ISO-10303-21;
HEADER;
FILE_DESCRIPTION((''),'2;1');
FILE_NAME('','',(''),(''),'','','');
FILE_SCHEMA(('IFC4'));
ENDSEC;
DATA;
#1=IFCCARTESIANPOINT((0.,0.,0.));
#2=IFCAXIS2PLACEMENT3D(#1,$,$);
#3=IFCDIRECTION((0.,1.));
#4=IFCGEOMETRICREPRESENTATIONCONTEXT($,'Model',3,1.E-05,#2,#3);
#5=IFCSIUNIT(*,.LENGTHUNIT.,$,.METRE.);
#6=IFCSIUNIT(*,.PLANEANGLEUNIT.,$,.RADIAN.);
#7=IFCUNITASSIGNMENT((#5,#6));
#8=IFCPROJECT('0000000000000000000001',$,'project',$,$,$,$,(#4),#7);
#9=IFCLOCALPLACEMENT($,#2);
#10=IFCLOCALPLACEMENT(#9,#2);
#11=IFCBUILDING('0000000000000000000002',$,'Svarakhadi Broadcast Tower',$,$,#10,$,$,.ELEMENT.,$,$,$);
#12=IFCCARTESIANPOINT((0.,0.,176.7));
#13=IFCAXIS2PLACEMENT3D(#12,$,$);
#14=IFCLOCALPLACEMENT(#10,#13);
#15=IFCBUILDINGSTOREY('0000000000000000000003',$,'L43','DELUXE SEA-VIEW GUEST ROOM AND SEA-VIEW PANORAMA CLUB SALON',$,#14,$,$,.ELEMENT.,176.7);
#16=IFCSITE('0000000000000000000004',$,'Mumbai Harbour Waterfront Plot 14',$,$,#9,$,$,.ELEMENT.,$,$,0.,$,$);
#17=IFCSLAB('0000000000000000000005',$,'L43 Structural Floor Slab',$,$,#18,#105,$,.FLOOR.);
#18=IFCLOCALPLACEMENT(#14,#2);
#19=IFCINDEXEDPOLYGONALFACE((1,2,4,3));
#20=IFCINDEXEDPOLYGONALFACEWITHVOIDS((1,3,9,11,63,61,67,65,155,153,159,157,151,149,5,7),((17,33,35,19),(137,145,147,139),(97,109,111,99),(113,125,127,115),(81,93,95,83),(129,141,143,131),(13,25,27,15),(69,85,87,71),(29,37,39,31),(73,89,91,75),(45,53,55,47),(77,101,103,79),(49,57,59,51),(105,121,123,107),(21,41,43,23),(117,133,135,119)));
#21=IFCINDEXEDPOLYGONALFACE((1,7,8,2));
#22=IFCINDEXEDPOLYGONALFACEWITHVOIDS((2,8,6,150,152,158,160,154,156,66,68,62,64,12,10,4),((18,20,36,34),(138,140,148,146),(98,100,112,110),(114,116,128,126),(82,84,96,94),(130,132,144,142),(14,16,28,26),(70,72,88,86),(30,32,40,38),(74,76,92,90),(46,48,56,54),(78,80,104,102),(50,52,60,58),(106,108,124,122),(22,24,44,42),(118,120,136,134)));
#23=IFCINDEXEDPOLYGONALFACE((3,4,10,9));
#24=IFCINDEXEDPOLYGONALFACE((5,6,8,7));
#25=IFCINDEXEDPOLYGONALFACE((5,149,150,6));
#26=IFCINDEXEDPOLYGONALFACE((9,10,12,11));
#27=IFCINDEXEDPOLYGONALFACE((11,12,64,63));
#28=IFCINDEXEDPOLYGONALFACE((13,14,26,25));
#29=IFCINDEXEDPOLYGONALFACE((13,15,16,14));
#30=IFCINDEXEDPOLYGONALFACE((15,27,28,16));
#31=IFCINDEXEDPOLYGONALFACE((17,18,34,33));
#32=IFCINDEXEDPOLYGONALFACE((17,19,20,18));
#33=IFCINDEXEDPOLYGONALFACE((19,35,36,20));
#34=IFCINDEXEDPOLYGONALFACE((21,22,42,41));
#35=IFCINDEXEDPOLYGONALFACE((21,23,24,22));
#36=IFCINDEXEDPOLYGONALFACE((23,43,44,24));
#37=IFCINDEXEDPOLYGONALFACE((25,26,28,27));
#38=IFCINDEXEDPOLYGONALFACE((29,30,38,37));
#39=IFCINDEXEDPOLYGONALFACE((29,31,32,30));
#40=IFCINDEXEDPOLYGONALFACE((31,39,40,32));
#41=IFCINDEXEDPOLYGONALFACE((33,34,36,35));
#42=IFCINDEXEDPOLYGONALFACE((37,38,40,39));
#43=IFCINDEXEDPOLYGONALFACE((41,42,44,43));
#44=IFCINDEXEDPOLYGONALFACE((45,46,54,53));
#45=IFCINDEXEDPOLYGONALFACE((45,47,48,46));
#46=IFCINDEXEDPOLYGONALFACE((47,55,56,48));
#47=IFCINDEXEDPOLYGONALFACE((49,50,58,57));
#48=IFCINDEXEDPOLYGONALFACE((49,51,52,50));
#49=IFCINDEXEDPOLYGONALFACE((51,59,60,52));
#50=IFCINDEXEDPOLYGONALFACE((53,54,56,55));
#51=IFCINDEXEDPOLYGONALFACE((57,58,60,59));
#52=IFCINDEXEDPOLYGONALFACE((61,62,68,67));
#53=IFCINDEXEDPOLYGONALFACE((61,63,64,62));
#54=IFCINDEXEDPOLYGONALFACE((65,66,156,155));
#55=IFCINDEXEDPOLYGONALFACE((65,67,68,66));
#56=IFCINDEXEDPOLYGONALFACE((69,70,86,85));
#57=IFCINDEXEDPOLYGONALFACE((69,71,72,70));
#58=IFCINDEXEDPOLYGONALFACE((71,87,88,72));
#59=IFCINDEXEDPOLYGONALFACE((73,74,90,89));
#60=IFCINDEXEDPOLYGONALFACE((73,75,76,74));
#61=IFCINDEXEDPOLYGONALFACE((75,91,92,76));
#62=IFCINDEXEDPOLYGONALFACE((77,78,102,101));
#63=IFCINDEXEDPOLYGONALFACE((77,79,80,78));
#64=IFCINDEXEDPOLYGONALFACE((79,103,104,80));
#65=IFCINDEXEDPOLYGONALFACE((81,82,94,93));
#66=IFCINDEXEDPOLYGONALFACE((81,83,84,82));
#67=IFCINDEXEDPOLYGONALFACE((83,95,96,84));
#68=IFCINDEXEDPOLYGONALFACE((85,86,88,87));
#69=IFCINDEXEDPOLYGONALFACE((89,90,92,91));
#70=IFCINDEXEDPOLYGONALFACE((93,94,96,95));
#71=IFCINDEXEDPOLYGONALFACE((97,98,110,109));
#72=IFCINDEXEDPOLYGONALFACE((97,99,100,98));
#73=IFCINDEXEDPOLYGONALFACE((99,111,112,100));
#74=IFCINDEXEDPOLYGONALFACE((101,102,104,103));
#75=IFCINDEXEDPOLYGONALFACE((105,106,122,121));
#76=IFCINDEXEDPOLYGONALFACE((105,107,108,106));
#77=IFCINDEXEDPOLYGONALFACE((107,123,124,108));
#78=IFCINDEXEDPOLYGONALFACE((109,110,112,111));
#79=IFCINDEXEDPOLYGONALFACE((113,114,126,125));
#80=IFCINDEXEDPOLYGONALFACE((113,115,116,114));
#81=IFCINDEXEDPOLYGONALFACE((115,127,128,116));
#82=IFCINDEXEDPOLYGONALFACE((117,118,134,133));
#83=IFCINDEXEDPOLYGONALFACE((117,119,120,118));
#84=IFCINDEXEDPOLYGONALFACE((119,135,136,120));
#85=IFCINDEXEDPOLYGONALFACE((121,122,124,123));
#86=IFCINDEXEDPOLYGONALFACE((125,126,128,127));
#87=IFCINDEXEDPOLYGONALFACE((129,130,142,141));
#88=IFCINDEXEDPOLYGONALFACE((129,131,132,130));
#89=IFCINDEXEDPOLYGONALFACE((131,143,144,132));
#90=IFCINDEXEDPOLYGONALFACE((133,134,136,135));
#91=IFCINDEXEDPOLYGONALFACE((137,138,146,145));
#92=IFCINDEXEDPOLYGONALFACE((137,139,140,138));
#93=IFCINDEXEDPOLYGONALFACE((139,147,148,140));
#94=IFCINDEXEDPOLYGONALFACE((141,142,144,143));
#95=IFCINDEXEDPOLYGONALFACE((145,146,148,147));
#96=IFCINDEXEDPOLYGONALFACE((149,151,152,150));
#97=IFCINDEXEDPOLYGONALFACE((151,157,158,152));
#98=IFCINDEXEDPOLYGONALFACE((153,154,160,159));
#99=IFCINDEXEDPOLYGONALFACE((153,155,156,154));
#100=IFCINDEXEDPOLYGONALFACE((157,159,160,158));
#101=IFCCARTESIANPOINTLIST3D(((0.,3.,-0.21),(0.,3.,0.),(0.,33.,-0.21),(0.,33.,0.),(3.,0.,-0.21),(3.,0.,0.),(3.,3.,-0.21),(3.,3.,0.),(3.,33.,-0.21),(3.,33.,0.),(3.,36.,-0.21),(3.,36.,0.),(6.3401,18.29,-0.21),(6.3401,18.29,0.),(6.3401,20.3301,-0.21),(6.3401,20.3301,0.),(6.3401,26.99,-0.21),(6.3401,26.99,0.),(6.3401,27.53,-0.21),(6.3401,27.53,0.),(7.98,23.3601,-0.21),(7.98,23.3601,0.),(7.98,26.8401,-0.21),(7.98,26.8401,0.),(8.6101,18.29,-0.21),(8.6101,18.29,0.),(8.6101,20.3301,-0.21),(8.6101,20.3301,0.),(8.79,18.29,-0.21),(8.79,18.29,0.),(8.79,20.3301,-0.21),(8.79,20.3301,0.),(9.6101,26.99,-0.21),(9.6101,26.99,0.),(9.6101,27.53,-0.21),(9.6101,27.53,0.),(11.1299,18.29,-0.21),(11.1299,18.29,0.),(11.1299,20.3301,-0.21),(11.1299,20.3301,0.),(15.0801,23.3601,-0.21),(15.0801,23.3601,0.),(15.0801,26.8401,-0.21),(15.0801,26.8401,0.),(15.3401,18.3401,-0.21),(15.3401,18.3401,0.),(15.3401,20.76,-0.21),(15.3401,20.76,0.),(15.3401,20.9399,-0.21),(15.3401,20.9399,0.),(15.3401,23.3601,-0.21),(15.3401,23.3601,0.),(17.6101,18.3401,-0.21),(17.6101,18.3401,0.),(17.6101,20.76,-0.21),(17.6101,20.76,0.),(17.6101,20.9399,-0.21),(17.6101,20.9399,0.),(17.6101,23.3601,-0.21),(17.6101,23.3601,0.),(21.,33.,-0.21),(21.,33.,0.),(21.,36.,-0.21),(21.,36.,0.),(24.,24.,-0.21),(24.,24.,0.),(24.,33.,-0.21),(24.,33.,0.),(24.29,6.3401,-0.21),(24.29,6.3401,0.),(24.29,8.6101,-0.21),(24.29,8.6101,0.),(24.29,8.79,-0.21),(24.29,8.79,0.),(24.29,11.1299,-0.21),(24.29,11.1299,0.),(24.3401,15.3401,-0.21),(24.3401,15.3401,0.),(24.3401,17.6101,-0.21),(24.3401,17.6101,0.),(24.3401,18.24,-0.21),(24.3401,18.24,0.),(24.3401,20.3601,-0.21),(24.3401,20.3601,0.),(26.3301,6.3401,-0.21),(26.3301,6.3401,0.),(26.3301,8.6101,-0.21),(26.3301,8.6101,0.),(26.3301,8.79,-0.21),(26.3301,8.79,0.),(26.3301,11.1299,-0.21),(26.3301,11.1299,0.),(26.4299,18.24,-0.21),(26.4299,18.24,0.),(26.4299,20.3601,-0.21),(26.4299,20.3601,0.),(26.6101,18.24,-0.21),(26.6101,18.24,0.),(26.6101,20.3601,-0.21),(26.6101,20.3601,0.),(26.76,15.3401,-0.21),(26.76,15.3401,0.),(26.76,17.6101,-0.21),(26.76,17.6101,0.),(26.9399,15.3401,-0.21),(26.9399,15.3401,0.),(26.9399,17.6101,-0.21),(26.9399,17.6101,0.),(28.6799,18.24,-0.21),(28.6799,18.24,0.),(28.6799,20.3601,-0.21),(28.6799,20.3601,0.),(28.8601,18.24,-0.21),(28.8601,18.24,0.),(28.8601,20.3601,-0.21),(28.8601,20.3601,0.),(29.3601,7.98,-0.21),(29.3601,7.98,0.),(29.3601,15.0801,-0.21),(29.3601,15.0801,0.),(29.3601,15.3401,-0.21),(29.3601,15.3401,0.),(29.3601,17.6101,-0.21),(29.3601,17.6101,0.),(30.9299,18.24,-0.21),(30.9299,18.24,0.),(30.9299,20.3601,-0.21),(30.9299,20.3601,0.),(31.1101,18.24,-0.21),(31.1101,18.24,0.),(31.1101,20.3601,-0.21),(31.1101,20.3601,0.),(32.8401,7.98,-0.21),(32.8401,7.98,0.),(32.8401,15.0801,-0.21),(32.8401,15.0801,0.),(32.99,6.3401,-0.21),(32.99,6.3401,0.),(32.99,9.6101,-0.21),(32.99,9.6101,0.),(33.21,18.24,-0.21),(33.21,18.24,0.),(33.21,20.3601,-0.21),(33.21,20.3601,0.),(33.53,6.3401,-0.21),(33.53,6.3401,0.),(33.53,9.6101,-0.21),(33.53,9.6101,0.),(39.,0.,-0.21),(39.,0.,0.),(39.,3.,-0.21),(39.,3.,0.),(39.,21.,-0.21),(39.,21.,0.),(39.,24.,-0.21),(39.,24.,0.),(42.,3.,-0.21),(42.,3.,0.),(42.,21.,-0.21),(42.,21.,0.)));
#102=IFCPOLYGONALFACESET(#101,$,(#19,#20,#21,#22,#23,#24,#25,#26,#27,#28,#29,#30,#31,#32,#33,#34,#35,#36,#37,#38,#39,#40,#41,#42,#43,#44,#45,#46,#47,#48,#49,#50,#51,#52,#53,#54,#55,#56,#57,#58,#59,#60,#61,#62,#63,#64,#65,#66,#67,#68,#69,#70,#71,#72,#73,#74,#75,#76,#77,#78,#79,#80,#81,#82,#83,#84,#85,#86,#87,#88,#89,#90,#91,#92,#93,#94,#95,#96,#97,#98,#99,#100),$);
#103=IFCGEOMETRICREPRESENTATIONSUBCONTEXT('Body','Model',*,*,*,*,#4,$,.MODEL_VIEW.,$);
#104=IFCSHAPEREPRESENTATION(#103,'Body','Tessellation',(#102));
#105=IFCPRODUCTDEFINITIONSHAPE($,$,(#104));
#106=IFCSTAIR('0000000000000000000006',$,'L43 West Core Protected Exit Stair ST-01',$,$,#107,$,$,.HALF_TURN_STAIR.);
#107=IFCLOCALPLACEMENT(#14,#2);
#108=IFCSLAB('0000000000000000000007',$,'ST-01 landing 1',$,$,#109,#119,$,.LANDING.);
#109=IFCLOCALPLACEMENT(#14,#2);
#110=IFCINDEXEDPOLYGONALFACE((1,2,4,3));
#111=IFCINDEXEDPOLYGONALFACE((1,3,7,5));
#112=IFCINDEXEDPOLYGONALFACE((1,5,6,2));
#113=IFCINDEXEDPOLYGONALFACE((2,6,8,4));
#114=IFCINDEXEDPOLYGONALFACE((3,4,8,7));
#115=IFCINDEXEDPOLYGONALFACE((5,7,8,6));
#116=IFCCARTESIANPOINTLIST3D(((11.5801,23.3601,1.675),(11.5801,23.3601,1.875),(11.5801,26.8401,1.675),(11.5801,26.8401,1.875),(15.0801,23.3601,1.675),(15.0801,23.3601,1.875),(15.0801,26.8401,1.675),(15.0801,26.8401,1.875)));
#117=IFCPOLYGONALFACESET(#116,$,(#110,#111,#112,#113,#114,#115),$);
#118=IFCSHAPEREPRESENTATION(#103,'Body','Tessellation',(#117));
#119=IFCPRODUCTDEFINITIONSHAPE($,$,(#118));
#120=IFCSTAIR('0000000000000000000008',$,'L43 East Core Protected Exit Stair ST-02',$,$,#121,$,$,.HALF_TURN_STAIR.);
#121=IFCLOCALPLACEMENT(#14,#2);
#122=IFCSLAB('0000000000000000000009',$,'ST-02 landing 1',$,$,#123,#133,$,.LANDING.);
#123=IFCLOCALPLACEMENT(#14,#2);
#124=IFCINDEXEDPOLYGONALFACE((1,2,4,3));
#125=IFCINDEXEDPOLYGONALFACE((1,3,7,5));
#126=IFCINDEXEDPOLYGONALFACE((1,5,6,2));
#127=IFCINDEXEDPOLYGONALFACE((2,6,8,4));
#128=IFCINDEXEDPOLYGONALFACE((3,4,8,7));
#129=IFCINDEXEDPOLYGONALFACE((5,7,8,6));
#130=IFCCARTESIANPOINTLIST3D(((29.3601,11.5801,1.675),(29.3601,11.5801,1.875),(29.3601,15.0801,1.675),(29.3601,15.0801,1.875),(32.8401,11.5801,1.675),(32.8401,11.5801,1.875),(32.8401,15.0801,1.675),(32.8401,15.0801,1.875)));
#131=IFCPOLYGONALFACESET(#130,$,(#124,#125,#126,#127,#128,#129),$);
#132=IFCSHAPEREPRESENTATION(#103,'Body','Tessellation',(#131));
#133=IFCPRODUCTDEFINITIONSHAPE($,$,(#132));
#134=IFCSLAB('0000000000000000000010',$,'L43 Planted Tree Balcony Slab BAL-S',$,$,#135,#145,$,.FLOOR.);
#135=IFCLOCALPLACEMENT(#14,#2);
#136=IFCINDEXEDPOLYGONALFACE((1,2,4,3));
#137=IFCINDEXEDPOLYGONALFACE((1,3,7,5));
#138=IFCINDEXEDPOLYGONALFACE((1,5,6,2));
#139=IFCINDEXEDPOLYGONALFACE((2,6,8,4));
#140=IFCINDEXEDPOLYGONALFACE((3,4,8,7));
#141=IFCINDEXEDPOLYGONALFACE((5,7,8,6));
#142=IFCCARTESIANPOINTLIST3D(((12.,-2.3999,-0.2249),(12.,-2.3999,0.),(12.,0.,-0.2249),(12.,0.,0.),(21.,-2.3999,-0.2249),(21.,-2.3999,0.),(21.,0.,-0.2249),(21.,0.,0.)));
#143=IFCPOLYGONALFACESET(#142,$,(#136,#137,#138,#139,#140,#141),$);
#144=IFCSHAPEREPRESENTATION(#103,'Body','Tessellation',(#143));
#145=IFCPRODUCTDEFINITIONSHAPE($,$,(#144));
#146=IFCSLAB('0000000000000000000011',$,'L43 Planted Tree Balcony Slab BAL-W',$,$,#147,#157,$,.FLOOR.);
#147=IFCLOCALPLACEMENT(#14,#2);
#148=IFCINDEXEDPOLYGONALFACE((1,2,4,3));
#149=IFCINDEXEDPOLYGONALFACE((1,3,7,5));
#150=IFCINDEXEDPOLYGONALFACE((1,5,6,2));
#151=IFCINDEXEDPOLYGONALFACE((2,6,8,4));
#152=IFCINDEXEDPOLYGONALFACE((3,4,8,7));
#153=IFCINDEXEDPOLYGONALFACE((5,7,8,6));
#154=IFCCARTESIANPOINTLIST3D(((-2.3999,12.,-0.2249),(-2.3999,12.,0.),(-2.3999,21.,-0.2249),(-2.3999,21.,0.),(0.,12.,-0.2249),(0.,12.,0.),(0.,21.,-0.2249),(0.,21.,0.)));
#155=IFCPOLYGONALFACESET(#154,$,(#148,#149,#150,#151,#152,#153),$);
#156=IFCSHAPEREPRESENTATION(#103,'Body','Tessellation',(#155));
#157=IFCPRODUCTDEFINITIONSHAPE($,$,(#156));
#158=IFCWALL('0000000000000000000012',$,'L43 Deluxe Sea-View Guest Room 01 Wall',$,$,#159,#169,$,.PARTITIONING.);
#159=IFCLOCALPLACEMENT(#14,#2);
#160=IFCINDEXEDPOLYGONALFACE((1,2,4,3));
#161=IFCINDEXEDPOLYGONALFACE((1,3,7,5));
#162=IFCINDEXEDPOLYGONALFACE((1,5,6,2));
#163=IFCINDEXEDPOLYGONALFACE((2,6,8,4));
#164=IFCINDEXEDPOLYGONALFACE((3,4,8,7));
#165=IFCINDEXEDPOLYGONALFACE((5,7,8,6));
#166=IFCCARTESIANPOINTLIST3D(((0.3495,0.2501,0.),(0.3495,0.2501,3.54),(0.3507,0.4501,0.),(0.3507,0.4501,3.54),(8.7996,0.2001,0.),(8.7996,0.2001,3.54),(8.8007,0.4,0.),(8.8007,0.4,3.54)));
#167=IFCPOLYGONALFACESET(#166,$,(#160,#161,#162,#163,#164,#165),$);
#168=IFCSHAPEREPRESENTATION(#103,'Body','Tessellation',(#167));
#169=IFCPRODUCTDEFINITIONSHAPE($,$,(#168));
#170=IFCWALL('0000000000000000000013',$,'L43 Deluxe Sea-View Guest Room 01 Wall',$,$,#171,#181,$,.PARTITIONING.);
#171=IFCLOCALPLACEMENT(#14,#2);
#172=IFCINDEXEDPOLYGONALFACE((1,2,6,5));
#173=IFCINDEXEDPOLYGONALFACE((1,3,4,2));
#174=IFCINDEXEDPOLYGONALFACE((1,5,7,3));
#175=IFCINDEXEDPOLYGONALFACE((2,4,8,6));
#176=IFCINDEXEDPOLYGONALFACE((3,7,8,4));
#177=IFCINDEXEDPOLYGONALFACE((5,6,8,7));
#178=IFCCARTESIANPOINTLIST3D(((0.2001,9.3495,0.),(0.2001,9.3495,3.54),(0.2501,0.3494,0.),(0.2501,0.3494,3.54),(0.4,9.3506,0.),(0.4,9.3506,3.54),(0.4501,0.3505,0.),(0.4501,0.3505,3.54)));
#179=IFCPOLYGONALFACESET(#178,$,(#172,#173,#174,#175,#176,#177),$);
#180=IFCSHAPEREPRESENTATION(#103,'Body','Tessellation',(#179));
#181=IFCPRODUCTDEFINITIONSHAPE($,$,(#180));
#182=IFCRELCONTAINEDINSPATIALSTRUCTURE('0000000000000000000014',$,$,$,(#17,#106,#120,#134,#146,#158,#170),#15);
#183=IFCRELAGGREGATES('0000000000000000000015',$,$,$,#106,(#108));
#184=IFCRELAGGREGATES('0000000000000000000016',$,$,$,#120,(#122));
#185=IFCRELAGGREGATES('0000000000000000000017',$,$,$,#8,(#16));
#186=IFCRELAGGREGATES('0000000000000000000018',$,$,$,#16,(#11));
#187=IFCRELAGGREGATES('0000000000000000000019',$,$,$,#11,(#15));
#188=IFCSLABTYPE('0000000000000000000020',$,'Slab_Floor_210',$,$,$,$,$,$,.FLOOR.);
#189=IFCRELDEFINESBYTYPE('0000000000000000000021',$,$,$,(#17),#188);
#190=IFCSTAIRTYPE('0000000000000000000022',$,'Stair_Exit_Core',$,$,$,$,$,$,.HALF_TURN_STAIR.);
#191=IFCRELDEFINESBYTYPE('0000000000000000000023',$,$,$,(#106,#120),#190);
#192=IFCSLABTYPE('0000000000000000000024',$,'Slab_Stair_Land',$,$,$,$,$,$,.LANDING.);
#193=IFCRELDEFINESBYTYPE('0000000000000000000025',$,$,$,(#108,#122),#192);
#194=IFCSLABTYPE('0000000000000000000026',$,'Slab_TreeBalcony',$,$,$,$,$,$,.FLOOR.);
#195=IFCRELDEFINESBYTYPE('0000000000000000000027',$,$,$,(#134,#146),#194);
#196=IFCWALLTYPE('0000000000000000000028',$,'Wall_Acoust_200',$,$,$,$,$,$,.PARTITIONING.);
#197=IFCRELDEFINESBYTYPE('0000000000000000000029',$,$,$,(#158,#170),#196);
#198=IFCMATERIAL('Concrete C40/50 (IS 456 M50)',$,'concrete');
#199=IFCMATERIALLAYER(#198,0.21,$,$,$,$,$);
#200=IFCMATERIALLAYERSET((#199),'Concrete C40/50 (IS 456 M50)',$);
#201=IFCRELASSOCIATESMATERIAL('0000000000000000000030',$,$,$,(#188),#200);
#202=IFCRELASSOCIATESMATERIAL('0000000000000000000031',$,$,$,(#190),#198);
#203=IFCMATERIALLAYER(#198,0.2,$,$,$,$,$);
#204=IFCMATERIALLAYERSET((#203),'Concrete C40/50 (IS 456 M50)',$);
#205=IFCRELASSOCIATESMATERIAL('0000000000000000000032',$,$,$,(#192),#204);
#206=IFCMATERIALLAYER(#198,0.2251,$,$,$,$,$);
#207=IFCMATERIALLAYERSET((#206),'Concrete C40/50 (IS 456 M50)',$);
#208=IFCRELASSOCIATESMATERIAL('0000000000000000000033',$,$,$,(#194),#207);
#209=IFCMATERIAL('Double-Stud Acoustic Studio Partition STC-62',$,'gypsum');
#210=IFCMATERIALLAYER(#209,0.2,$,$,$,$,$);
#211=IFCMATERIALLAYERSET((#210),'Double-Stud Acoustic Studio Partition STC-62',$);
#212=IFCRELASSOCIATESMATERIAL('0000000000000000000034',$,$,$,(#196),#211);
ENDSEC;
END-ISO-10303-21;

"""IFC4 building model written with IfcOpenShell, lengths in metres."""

from ifc_helpers import new_model, si_unit, direction, frame, frame_2d, origin, place, context, subcontext, project, spatial, polyline, rectangle, outline, extrude, material, layer, layer_set, type_object, element, aggregate, save


model = new_model("IFC4")

# Units and contexts
model_context = context("Model", 3, precision=1e-05, world=origin(), true_north=direction((0.0, 1.0)))
body_context = subcontext(model_context, "Body", "Model", "MODEL_VIEW")
ifc_project = project(units=[si_unit("LENGTHUNIT", "METRE"), si_unit("PLANEANGLEUNIT", "RADIAN")], contexts=[model_context])

# Site, building, storey
site_placement = place(None, origin())
site = spatial("IfcSite", under=ifc_project, at=site_placement, Name="Mumbai Harbour Waterfront Plot 14", CompositionType="ELEMENT", RefElevation=0.0)
building_placement = place(site_placement, origin())
building = spatial("IfcBuilding", under=site, at=building_placement, Name="Svarakhadi Broadcast Tower", CompositionType="ELEMENT")
storey_placement = place(building_placement, frame((0.0, 0.0, 176.7)))
storey = spatial("IfcBuildingStorey", under=building, at=storey_placement, Name="L43", Description="DELUXE SEA-VIEW GUEST ROOM AND SEA-VIEW PANORAMA CLUB SALON", CompositionType="ELEMENT", Elevation=176.7)

# Slab
ifc_material_1 = material(Name="Concrete C40/50 (IS 456 M50)", Category="concrete")
ifc_layer_1 = layer(ifc_material_1, 0.21)
ifc_layer_set_1 = layer_set([ifc_layer_1], Name="Concrete C40/50 (IS 456 M50)")
slab_type_1 = type_object("IfcSlabType", Name="Slab_Floor_210", PredefinedType="FLOOR", material=ifc_layer_set_1)
slab_1_placement = place(storey_placement, frame((0.0, 0.0, -0.21)))
element("IfcSlab", 1, at=slab_1_placement, inside=storey, type_object=slab_type_1, Name="L43 Structural Floor Slab", PredefinedType="FLOOR", context=body_context, shape_type="SweptSolid", body=[
    extrude(outline(polyline([(3.0, 0.0), (39.0, 0.0), (39.0, 3.0), (42.0, 3.0), (42.0, 21.0), (39.0, 21.0), (39.0, 24.0), (24.0, 24.0), (24.0, 33.0), (21.0, 33.0), (21.0, 36.0), (3.0, 36.0), (3.0, 33.0), (0.0, 33.0), (0.0, 3.0), (3.0, 3.0), (3.0, 0.0)]), holes=[polyline([(7.98, 23.3601), (15.0801, 23.3601), (15.0801, 26.8401), (7.98, 26.8401), (7.98, 23.3601)]), polyline([(32.8401, 7.98), (32.8401, 15.0801), (29.3601, 15.0801), (29.3601, 7.98), (32.8401, 7.98)]), polyline([(6.3401, 18.29), (8.6101, 18.29), (8.6101, 20.3301), (6.3401, 20.3301), (6.3401, 18.29)]), polyline([(8.79, 18.29), (11.1299, 18.29), (11.1299, 20.3301), (8.79, 20.3301), (8.79, 18.29)]), polyline([(24.29, 6.3401), (26.3301, 6.3401), (26.3301, 8.6101), (24.29, 8.6101), (24.29, 6.3401)]), polyline([(24.29, 8.79), (26.3301, 8.79), (26.3301, 11.1299), (24.29, 11.1299), (24.29, 8.79)]), polyline([(6.3401, 26.99), (9.6101, 26.99), (9.6101, 27.53), (6.3401, 27.53), (6.3401, 26.99)]), polyline([(32.99, 6.3401), (33.53, 6.3401), (33.53, 9.6101), (32.99, 9.6101), (32.99, 6.3401)]), polyline([(15.3401, 18.3401), (17.6101, 18.3401), (17.6101, 20.76), (15.3401, 20.76), (15.3401, 18.3401)]), polyline([(15.3401, 20.9399), (17.6101, 20.9399), (17.6101, 23.3601), (15.3401, 23.3601), (15.3401, 20.9399)]), polyline([(24.3401, 15.3401), (26.76, 15.3401), (26.76, 17.6101), (24.3401, 17.6101), (24.3401, 15.3401)]), polyline([(26.9399, 15.3401), (29.3601, 15.3401), (29.3601, 17.6101), (26.9399, 17.6101), (26.9399, 15.3401)]), polyline([(24.3401, 18.24), (26.4299, 18.24), (26.4299, 20.3601), (24.3401, 20.3601), (24.3401, 18.24)]), polyline([(26.6101, 18.24), (28.6799, 18.24), (28.6799, 20.3601), (26.6101, 20.3601), (26.6101, 18.24)]), polyline([(28.8601, 18.24), (30.9299, 18.24), (30.9299, 20.3601), (28.8601, 20.3601), (28.8601, 18.24)]), polyline([(31.1101, 18.24), (33.21, 18.24), (33.21, 20.3601), (31.1101, 20.3601), (31.1101, 18.24)])]), origin(), (0.0, 0.0, 1.0), 0.21),
])

# Stairs, slabs
stair_type = type_object("IfcStairType", Name="Stair_Exit_Core", PredefinedType="HALF_TURN_STAIR", material=ifc_material_1)
stair_1_placement = place(storey_placement, origin())
stair_1 = element("IfcStair", 2, at=stair_1_placement, inside=storey, type_object=stair_type, Name="L43 West Core Protected Exit Stair ST-01", PredefinedType="HALF_TURN_STAIR")
ifc_layer_2 = layer(ifc_material_1, 0.2)
ifc_layer_set_2 = layer_set([ifc_layer_2], Name="Concrete C40/50 (IS 456 M50)")
slab_type_2 = type_object("IfcSlabType", Name="Slab_Stair_Land", PredefinedType="LANDING", material=ifc_layer_set_2)
slab_2_placement = place(storey_placement, frame((0.0, 0.0, 1.675)))
slab_2 = element("IfcSlab", 3, at=slab_2_placement, type_object=slab_type_2, Name="ST-01 landing 1", PredefinedType="LANDING", context=body_context, shape_type="SweptSolid", body=[
    extrude(outline(polyline([(11.5801, 23.3601), (15.0801, 23.3601), (15.0801, 26.8401), (11.5801, 26.8401), (11.5801, 23.3601)])), origin(), (0.0, 0.0, 1.0), 0.2),
])
aggregate(stair_1, [slab_2])
stair_2_placement = place(storey_placement, origin())
stair_2 = element("IfcStair", 4, at=stair_2_placement, inside=storey, type_object=stair_type, Name="L43 East Core Protected Exit Stair ST-02", PredefinedType="HALF_TURN_STAIR")
slab_3_placement = place(storey_placement, frame((0.0, 0.0, 1.675)))
slab_3 = element("IfcSlab", 5, at=slab_3_placement, type_object=slab_type_2, Name="ST-02 landing 1", PredefinedType="LANDING", context=body_context, shape_type="SweptSolid", body=[
    extrude(outline(polyline([(32.8401, 11.5801), (32.8401, 15.0801), (29.3601, 15.0801), (29.3601, 11.5801), (32.8401, 11.5801)])), origin(), (0.0, 0.0, 1.0), 0.2),
])
aggregate(stair_2, [slab_3])

# Slabs
ifc_layer_3 = layer(ifc_material_1, 0.2251)
ifc_layer_set_3 = layer_set([ifc_layer_3], Name="Concrete C40/50 (IS 456 M50)")
slab_type_3 = type_object("IfcSlabType", Name="Slab_TreeBalcony", PredefinedType="FLOOR", material=ifc_layer_set_3)
slab_4_placement = place(storey_placement, frame((0.0, 0.0, -0.2249)))
element("IfcSlab", 6, at=slab_4_placement, inside=storey, type_object=slab_type_3, Name="L43 Planted Tree Balcony Slab BAL-S", PredefinedType="FLOOR", context=body_context, shape_type="SweptSolid", body=[
    extrude(outline(polyline([(12.0, -2.3999), (21.0, -2.3999), (21.0, 0.0), (12.0, 0.0), (12.0, -2.3999)])), origin(), (0.0, 0.0, 1.0), 0.2249),
])
slab_5_placement = place(storey_placement, frame((0.0, 0.0, -0.2249)))
element("IfcSlab", 7, at=slab_5_placement, inside=storey, type_object=slab_type_3, Name="L43 Planted Tree Balcony Slab BAL-W", PredefinedType="FLOOR", context=body_context, shape_type="SweptSolid", body=[
    extrude(outline(polyline([(-2.3999, 12.0), (0.0, 12.0), (0.0, 21.0), (-2.3999, 21.0), (-2.3999, 12.0)])), origin(), (0.0, 0.0, 1.0), 0.2249),
])

# Walls
ifc_material_2 = material(Name="Double-Stud Acoustic Studio Partition STC-62", Category="gypsum")
ifc_layer_4 = layer(ifc_material_2, 0.2)
ifc_layer_set_4 = layer_set([ifc_layer_4], Name="Double-Stud Acoustic Studio Partition STC-62")
wall_type = type_object("IfcWallType", Name="Wall_Acoust_200", PredefinedType="PARTITIONING", material=ifc_layer_set_4)
wall_1_placement = place(storey_placement, frame((0.3501, 0.3501, 0.0), z_axis=(0.0, 0.0, 1.0), x_axis=(0.999982, -0.005923, 0.0)))
element("IfcWall", 8, at=wall_1_placement, inside=storey, type_object=wall_type, Name="L43 Deluxe Sea-View Guest Room 01 Wall", PredefinedType="PARTITIONING", context=body_context, shape_type="SweptSolid", body=[
    extrude(rectangle(XDim=8.4502, YDim=0.2, at=frame_2d((4.2251, 0.0))), origin(), (0.0, 0.0, 1.0), 3.54),
])
wall_2_placement = place(storey_placement, frame((0.3501, 0.3501, 0.0), z_axis=(0.0, 0.0, 1.0), x_axis=(-0.005561, 0.999985, 0.0)))
element("IfcWall", 9, at=wall_2_placement, inside=storey, type_object=wall_type, Name="L43 Deluxe Sea-View Guest Room 01 Wall", PredefinedType="PARTITIONING", context=body_context, shape_type="SweptSolid", body=[
    extrude(rectangle(XDim=9.0002, YDim=0.2, at=frame_2d((4.5, 0.0))), origin(), (0.0, 0.0, 1.0), 3.54),
])

save(model, "model.ifc")
